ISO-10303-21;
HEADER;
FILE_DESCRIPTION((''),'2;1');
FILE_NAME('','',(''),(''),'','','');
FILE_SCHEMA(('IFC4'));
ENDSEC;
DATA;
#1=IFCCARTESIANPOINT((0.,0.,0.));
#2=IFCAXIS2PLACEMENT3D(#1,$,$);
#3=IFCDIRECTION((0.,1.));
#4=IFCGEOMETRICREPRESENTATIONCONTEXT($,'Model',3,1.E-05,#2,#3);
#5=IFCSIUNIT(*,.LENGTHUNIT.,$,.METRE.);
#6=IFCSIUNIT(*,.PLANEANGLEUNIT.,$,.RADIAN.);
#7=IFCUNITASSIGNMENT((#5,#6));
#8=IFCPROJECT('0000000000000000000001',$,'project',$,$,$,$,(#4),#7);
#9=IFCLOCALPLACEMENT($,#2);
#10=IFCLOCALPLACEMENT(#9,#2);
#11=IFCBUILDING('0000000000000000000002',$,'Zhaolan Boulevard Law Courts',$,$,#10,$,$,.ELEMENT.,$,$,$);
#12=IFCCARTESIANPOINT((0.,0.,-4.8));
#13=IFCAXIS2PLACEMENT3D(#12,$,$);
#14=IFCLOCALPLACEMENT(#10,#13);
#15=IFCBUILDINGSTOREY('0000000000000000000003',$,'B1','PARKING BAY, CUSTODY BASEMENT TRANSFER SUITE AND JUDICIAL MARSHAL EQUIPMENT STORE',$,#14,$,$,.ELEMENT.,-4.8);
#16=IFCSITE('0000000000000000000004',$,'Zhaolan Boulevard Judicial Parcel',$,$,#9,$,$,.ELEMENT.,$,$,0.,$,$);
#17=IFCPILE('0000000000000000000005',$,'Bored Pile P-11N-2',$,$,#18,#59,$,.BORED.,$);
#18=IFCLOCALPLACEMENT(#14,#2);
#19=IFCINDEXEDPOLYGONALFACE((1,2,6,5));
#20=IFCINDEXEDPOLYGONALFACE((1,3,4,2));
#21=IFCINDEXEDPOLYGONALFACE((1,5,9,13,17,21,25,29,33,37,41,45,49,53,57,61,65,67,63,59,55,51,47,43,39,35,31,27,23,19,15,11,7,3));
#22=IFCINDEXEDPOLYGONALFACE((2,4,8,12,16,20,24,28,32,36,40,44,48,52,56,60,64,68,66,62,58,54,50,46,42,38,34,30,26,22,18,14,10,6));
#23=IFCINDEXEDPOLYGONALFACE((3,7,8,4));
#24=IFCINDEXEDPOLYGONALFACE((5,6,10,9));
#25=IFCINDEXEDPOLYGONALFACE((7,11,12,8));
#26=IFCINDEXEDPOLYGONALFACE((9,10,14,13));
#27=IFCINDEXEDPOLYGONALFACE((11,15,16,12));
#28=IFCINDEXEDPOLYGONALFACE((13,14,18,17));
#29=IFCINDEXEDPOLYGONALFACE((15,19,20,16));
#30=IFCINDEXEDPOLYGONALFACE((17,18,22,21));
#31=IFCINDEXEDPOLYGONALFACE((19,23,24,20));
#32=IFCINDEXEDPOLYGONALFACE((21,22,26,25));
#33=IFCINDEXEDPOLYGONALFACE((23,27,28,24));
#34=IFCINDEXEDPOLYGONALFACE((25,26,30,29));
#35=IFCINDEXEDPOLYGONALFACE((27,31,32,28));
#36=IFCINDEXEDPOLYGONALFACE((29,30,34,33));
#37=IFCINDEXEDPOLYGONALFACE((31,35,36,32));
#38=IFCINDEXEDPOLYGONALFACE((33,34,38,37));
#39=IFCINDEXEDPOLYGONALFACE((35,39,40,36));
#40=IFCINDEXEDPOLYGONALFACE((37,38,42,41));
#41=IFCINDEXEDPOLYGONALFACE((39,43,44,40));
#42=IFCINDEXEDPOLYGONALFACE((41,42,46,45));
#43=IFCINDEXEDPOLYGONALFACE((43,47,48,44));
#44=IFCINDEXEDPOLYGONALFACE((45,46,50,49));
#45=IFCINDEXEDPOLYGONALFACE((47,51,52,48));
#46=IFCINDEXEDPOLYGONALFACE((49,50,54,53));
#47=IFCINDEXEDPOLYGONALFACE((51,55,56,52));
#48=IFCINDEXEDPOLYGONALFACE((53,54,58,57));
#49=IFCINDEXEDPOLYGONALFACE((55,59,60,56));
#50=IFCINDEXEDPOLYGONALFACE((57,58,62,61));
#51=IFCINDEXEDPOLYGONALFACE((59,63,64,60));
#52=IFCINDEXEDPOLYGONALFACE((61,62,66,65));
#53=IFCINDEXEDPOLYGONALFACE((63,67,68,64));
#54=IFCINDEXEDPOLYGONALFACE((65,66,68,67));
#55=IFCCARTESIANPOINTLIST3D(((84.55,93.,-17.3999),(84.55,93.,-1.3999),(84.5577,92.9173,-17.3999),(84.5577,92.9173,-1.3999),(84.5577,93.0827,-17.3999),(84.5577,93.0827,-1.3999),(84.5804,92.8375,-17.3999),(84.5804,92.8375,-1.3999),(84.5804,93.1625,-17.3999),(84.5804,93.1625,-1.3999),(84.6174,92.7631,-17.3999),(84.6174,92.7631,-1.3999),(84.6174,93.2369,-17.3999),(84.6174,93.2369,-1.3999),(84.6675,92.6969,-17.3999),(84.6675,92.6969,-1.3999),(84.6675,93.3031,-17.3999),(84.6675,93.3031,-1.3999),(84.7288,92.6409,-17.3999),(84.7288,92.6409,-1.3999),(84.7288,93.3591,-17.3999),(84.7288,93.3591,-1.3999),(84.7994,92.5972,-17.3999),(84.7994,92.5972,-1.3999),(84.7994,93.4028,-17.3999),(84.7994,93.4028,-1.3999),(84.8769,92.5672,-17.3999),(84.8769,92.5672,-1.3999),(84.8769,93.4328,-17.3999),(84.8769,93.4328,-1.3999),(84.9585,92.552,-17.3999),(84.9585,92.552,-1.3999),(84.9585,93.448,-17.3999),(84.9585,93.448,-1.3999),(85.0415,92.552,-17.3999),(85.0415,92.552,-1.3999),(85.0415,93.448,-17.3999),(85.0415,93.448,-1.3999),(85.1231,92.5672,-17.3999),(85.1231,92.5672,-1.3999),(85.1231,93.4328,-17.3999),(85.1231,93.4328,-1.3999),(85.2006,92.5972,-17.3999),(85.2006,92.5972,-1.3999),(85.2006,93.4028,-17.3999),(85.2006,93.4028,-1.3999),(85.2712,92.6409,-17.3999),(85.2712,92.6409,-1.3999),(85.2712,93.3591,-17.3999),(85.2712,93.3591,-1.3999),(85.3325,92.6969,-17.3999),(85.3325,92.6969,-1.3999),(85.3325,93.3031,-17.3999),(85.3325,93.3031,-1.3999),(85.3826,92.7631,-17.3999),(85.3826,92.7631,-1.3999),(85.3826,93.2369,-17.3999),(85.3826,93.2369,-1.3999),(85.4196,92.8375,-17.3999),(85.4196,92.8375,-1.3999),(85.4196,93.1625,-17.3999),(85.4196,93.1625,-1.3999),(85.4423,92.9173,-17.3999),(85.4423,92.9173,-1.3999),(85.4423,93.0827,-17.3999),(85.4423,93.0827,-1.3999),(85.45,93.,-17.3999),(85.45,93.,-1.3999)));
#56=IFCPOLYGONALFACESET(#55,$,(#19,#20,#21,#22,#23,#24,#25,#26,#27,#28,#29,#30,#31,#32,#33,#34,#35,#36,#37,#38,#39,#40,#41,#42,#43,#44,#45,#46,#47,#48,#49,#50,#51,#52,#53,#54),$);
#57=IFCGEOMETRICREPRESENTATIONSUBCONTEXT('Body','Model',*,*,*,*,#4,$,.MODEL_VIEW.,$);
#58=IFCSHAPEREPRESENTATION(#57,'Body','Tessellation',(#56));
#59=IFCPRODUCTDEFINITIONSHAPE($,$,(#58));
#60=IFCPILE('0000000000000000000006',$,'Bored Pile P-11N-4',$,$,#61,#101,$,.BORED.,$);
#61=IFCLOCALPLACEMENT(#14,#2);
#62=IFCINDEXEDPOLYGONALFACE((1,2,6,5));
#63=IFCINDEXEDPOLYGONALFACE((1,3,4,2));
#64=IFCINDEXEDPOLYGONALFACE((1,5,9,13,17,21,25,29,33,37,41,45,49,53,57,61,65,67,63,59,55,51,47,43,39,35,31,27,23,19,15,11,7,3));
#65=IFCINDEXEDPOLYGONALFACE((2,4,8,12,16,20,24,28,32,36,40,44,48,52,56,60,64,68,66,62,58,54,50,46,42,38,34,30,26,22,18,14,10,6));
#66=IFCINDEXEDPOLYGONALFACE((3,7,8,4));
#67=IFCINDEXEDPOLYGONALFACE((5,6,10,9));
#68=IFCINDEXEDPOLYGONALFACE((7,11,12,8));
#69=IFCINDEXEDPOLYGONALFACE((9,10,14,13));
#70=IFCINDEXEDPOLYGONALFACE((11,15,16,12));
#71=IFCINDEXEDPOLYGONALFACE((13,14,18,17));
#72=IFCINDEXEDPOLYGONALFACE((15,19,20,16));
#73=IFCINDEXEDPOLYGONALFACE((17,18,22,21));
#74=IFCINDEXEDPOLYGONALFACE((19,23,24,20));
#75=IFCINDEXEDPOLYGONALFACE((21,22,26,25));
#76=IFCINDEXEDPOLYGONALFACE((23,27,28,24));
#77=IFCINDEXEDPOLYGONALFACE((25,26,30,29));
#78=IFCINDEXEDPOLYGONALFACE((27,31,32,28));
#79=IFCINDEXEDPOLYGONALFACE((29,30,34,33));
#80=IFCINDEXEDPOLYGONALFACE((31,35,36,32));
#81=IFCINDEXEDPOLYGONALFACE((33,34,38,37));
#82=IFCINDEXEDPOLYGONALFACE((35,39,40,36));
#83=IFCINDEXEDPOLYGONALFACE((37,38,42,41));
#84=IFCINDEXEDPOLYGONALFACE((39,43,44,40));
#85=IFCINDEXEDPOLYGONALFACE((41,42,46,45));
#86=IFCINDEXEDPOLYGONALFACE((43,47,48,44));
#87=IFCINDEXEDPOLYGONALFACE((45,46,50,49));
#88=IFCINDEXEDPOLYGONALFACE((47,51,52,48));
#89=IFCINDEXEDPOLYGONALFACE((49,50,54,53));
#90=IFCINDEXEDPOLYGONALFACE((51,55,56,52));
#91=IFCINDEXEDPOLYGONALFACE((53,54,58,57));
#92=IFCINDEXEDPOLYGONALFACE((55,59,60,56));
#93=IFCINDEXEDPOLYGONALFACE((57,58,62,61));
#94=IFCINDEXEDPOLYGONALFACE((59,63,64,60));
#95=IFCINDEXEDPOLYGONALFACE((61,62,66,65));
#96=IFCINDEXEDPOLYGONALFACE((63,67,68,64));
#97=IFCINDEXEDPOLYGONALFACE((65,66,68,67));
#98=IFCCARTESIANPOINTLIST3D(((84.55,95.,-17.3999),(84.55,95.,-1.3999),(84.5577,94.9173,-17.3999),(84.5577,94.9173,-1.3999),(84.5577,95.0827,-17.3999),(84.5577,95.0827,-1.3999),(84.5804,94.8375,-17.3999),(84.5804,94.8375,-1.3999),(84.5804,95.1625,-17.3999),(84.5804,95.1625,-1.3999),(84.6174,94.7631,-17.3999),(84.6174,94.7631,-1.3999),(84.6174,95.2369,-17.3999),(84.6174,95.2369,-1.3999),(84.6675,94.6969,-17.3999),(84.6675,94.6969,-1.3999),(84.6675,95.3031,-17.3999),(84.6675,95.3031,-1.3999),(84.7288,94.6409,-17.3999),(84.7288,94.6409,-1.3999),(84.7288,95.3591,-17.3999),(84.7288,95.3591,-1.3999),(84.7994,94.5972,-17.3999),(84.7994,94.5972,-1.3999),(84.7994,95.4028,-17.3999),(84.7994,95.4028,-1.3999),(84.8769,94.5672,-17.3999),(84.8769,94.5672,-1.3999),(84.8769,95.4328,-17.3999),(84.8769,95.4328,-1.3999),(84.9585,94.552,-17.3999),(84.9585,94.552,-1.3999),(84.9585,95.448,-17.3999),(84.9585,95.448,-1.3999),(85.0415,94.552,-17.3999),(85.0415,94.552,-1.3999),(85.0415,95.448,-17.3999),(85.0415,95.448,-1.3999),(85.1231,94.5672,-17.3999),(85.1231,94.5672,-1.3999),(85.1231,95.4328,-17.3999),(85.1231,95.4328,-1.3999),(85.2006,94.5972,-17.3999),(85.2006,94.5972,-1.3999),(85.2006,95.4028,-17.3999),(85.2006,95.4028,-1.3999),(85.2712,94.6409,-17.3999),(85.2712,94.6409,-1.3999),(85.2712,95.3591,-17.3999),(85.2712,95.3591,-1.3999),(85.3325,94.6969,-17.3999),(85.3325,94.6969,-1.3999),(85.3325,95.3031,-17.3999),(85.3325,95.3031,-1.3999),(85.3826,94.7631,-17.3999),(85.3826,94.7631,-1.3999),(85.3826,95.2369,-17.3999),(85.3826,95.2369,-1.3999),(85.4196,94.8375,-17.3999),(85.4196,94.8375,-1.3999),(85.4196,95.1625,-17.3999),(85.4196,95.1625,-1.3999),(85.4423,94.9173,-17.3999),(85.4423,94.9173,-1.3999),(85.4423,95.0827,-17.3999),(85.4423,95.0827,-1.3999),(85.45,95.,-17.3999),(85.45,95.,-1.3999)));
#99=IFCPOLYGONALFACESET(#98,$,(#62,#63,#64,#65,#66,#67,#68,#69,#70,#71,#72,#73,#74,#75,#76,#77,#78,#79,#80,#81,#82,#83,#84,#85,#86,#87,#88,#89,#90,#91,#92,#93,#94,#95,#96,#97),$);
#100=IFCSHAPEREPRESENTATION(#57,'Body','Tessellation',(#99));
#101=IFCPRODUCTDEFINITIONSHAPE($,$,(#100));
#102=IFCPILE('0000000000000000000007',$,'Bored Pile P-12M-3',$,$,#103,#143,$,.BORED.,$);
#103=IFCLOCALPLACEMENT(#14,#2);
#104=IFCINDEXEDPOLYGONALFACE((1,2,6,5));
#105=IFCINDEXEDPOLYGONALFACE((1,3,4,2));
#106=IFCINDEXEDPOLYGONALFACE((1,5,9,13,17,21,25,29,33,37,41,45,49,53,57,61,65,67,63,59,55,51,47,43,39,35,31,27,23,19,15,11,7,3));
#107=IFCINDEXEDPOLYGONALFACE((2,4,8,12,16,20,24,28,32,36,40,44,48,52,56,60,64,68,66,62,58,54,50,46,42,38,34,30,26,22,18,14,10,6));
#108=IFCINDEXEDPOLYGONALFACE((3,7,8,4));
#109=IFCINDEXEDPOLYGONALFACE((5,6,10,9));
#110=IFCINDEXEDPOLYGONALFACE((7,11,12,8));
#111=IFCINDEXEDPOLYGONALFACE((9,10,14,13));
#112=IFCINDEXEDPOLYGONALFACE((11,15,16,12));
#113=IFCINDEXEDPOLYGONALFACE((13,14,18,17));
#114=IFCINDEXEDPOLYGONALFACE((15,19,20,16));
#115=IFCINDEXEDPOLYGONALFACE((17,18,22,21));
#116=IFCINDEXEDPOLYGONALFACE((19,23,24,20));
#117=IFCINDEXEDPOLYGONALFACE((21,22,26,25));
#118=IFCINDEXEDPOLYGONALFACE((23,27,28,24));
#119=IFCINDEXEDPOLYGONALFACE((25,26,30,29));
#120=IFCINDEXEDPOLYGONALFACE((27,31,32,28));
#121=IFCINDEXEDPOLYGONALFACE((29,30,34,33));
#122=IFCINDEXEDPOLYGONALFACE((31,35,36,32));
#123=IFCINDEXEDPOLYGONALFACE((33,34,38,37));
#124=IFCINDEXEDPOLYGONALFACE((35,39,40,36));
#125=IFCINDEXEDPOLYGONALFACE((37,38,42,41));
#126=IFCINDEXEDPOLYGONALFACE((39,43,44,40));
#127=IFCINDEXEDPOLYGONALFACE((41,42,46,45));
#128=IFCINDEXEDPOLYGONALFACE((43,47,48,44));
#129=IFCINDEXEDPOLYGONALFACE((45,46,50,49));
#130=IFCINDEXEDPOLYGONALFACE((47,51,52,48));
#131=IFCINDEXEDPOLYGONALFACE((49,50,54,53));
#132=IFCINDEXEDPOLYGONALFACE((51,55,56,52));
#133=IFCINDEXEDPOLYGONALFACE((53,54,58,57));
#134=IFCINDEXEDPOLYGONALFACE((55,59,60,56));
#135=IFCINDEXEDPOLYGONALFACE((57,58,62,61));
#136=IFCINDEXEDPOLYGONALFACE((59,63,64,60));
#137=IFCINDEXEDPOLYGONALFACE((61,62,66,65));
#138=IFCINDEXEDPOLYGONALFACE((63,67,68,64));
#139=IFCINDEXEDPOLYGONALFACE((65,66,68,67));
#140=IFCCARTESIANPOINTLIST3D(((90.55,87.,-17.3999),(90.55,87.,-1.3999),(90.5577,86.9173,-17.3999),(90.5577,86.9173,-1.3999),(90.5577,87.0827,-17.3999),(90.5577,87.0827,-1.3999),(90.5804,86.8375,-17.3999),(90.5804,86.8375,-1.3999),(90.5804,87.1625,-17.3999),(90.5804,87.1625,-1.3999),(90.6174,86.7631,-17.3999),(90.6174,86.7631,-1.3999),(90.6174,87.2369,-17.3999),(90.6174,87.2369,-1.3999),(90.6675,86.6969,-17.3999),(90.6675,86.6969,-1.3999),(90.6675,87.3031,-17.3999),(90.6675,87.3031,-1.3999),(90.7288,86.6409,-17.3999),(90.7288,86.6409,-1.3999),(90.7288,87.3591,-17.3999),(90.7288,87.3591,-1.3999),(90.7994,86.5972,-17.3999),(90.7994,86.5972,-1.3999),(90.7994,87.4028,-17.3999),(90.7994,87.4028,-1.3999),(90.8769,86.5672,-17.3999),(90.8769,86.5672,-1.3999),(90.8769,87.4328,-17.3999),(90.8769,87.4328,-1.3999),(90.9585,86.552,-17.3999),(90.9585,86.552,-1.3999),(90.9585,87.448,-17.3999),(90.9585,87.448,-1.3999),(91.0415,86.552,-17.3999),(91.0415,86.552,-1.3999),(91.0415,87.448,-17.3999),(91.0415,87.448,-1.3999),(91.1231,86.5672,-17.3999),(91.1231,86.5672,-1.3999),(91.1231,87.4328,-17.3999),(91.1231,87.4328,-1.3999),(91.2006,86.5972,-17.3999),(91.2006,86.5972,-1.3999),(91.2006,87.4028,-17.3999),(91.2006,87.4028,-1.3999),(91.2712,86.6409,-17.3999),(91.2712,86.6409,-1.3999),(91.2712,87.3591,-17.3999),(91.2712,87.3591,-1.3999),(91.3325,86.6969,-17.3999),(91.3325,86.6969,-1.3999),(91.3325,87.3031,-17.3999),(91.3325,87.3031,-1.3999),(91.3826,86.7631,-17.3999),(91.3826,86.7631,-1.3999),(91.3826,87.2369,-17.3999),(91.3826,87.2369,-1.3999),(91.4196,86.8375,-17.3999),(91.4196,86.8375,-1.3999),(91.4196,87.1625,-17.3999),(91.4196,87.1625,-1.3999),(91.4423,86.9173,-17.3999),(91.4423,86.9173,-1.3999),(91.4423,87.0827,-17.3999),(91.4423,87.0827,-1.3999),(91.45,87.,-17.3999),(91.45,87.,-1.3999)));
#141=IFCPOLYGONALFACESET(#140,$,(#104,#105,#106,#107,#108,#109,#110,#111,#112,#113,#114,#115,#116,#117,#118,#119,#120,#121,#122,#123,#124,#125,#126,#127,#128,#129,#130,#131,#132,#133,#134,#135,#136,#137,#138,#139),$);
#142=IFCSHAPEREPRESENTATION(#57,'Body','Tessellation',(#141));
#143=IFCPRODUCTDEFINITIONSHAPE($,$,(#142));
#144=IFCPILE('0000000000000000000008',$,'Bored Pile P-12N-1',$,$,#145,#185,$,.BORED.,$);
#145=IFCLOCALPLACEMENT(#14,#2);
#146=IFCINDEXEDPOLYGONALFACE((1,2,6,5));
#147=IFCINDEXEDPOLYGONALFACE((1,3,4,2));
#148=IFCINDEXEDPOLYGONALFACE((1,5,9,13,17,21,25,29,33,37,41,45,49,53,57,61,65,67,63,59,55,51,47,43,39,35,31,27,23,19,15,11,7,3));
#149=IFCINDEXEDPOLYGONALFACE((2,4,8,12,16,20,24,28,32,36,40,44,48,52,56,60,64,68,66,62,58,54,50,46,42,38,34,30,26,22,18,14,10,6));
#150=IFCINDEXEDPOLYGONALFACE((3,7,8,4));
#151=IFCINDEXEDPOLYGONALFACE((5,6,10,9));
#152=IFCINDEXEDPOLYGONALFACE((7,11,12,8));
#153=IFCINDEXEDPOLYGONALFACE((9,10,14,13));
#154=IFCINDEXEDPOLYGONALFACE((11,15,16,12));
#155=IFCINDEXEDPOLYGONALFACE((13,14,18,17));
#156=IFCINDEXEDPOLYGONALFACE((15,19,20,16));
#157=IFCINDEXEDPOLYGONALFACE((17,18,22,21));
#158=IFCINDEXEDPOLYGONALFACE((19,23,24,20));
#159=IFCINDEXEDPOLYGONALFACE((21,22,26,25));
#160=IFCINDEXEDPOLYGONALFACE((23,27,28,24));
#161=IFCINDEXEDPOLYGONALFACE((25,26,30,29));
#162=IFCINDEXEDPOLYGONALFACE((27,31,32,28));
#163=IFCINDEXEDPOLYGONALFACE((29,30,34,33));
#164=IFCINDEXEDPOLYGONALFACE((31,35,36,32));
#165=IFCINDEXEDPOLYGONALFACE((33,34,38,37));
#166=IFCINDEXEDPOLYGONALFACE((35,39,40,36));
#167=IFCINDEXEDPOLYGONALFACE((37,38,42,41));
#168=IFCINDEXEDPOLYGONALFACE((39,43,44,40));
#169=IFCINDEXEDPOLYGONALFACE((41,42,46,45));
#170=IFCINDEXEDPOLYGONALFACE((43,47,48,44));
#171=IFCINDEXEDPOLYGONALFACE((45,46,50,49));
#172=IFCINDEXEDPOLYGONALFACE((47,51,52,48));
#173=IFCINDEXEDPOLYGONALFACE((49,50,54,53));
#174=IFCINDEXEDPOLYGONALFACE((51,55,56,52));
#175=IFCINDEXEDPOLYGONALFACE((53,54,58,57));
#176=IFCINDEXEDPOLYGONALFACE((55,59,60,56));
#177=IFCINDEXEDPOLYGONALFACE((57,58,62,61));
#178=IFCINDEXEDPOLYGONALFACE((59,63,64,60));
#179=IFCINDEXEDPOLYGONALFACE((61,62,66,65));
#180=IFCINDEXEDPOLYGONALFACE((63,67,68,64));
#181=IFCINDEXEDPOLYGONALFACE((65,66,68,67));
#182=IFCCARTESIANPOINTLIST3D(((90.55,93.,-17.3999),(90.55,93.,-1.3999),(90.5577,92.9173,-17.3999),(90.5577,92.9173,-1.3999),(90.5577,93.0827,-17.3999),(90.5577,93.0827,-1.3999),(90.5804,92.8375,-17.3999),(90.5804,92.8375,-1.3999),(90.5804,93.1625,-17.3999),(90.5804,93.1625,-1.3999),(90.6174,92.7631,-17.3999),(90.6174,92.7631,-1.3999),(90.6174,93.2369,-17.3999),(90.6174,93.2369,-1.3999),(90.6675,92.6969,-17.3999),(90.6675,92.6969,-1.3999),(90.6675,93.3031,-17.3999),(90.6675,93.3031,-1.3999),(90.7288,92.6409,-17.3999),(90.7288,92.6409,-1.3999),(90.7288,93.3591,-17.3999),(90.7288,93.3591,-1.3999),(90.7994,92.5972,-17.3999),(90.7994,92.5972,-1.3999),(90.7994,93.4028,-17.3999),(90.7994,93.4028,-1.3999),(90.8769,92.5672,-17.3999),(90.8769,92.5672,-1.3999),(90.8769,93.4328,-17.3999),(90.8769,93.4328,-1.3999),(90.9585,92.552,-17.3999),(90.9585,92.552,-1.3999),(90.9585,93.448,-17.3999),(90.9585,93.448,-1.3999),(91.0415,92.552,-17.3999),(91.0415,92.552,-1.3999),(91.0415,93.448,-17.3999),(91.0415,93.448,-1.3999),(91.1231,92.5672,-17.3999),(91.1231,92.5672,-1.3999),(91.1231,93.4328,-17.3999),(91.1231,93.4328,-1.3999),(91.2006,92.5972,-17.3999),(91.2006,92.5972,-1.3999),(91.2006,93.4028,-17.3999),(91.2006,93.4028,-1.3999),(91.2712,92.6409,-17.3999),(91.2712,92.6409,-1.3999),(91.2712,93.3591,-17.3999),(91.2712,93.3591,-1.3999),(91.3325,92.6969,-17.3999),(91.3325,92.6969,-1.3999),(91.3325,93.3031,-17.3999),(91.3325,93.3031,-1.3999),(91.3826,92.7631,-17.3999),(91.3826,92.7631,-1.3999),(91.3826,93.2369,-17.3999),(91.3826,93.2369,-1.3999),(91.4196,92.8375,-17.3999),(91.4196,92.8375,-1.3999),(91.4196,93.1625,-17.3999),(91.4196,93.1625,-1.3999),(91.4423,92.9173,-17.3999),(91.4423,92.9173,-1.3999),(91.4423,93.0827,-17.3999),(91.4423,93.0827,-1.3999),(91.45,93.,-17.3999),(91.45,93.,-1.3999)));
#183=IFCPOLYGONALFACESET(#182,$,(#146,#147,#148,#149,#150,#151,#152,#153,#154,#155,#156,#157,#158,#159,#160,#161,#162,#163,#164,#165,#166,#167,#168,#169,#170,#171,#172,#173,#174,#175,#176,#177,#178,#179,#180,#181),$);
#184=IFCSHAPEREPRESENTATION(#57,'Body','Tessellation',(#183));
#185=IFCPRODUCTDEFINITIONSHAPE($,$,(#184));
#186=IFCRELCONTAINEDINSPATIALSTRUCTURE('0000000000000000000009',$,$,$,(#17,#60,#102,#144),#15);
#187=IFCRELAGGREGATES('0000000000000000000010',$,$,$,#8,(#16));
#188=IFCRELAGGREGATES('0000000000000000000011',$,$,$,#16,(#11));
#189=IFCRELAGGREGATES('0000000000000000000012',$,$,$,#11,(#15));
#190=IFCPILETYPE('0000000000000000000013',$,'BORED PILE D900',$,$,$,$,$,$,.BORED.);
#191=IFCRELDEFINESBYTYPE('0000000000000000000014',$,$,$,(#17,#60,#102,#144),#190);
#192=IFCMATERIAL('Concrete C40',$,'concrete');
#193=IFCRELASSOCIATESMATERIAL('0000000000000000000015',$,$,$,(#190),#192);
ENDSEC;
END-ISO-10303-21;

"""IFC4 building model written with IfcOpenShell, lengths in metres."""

from ifc_helpers import new_model, si_unit, direction, frame, origin, origin_2d, place, context, subcontext, project, spatial, circle, extrude, material, material_profile, profile_set, type_object, element, save


model = new_model("IFC4")

# Units and contexts
model_context = context("Model", 3, precision=1e-05, world=origin(), true_north=direction((0.0, 1.0)))
body_context = subcontext(model_context, "Body", "Model", "MODEL_VIEW")
ifc_project = project(units=[si_unit("LENGTHUNIT", "METRE"), si_unit("PLANEANGLEUNIT", "RADIAN")], contexts=[model_context])

# Site, building, storey
site_placement = place(None, origin())
site = spatial("IfcSite", under=ifc_project, at=site_placement, Name="Zhaolan Boulevard Judicial Parcel", CompositionType="ELEMENT", RefElevation=0.0)
building_placement = place(site_placement, origin())
building = spatial("IfcBuilding", under=site, at=building_placement, Name="Zhaolan Boulevard Law Courts", CompositionType="ELEMENT")
storey_placement = place(building_placement, frame((0.0, 0.0, -4.8)))
storey = spatial("IfcBuildingStorey", under=building, at=storey_placement, Name="B1", Description="PARKING BAY, CUSTODY BASEMENT TRANSFER SUITE AND JUDICIAL MARSHAL EQUIPMENT STORE", CompositionType="ELEMENT", Elevation=-4.8)

# Piles
ifc_material_1 = material(Name="Concrete C40", Category="concrete")
ifc_material_profile_1 = material_profile(ifc_material_1, circle(Radius=0.45, at=origin_2d()), Name="PILE-D900")
ifc_profile_set_1 = profile_set([ifc_material_profile_1], Name="Concrete C40")
pile_type_1 = type_object("IfcPileType", Name="BORED PILE D900", PredefinedType="BORED", material=ifc_profile_set_1)
for number, where, z_axis, x_axis, name in (
    (1, (85.0, 93.0, -1.3999), (0.0, 0.0, -1.0), (1.0, 0.0, 0.0), "Bored Pile P-11N-2"),
    (2, (85.0, 95.0, -1.3999), (0.0, 0.0, -1.0), (1.0, 0.0, 0.0), "Bored Pile P-11N-4"),
    (3, (91.0, 87.0, -1.3999), (0.0, 0.0, -1.0), (1.0, 0.0, 0.0), "Bored Pile P-12M-3"),
    (4, (91.0, 93.0, -1.3999), (0.0, 0.0, -1.0), (1.0, 0.0, 0.0), "Bored Pile P-12N-1"),
):
    element("IfcPile", number, at=place(storey_placement, frame(where, z_axis=z_axis, x_axis=x_axis)), inside=storey, type_object=pile_type_1, Name=name, PredefinedType="BORED", context=body_context, shape_type="SweptSolid", body=[
        extrude(circle(Radius=0.45, at=origin_2d()), origin(), (0.0, 0.0, 1.0), 16.0),
    ])

save(model, "model.ifc")
